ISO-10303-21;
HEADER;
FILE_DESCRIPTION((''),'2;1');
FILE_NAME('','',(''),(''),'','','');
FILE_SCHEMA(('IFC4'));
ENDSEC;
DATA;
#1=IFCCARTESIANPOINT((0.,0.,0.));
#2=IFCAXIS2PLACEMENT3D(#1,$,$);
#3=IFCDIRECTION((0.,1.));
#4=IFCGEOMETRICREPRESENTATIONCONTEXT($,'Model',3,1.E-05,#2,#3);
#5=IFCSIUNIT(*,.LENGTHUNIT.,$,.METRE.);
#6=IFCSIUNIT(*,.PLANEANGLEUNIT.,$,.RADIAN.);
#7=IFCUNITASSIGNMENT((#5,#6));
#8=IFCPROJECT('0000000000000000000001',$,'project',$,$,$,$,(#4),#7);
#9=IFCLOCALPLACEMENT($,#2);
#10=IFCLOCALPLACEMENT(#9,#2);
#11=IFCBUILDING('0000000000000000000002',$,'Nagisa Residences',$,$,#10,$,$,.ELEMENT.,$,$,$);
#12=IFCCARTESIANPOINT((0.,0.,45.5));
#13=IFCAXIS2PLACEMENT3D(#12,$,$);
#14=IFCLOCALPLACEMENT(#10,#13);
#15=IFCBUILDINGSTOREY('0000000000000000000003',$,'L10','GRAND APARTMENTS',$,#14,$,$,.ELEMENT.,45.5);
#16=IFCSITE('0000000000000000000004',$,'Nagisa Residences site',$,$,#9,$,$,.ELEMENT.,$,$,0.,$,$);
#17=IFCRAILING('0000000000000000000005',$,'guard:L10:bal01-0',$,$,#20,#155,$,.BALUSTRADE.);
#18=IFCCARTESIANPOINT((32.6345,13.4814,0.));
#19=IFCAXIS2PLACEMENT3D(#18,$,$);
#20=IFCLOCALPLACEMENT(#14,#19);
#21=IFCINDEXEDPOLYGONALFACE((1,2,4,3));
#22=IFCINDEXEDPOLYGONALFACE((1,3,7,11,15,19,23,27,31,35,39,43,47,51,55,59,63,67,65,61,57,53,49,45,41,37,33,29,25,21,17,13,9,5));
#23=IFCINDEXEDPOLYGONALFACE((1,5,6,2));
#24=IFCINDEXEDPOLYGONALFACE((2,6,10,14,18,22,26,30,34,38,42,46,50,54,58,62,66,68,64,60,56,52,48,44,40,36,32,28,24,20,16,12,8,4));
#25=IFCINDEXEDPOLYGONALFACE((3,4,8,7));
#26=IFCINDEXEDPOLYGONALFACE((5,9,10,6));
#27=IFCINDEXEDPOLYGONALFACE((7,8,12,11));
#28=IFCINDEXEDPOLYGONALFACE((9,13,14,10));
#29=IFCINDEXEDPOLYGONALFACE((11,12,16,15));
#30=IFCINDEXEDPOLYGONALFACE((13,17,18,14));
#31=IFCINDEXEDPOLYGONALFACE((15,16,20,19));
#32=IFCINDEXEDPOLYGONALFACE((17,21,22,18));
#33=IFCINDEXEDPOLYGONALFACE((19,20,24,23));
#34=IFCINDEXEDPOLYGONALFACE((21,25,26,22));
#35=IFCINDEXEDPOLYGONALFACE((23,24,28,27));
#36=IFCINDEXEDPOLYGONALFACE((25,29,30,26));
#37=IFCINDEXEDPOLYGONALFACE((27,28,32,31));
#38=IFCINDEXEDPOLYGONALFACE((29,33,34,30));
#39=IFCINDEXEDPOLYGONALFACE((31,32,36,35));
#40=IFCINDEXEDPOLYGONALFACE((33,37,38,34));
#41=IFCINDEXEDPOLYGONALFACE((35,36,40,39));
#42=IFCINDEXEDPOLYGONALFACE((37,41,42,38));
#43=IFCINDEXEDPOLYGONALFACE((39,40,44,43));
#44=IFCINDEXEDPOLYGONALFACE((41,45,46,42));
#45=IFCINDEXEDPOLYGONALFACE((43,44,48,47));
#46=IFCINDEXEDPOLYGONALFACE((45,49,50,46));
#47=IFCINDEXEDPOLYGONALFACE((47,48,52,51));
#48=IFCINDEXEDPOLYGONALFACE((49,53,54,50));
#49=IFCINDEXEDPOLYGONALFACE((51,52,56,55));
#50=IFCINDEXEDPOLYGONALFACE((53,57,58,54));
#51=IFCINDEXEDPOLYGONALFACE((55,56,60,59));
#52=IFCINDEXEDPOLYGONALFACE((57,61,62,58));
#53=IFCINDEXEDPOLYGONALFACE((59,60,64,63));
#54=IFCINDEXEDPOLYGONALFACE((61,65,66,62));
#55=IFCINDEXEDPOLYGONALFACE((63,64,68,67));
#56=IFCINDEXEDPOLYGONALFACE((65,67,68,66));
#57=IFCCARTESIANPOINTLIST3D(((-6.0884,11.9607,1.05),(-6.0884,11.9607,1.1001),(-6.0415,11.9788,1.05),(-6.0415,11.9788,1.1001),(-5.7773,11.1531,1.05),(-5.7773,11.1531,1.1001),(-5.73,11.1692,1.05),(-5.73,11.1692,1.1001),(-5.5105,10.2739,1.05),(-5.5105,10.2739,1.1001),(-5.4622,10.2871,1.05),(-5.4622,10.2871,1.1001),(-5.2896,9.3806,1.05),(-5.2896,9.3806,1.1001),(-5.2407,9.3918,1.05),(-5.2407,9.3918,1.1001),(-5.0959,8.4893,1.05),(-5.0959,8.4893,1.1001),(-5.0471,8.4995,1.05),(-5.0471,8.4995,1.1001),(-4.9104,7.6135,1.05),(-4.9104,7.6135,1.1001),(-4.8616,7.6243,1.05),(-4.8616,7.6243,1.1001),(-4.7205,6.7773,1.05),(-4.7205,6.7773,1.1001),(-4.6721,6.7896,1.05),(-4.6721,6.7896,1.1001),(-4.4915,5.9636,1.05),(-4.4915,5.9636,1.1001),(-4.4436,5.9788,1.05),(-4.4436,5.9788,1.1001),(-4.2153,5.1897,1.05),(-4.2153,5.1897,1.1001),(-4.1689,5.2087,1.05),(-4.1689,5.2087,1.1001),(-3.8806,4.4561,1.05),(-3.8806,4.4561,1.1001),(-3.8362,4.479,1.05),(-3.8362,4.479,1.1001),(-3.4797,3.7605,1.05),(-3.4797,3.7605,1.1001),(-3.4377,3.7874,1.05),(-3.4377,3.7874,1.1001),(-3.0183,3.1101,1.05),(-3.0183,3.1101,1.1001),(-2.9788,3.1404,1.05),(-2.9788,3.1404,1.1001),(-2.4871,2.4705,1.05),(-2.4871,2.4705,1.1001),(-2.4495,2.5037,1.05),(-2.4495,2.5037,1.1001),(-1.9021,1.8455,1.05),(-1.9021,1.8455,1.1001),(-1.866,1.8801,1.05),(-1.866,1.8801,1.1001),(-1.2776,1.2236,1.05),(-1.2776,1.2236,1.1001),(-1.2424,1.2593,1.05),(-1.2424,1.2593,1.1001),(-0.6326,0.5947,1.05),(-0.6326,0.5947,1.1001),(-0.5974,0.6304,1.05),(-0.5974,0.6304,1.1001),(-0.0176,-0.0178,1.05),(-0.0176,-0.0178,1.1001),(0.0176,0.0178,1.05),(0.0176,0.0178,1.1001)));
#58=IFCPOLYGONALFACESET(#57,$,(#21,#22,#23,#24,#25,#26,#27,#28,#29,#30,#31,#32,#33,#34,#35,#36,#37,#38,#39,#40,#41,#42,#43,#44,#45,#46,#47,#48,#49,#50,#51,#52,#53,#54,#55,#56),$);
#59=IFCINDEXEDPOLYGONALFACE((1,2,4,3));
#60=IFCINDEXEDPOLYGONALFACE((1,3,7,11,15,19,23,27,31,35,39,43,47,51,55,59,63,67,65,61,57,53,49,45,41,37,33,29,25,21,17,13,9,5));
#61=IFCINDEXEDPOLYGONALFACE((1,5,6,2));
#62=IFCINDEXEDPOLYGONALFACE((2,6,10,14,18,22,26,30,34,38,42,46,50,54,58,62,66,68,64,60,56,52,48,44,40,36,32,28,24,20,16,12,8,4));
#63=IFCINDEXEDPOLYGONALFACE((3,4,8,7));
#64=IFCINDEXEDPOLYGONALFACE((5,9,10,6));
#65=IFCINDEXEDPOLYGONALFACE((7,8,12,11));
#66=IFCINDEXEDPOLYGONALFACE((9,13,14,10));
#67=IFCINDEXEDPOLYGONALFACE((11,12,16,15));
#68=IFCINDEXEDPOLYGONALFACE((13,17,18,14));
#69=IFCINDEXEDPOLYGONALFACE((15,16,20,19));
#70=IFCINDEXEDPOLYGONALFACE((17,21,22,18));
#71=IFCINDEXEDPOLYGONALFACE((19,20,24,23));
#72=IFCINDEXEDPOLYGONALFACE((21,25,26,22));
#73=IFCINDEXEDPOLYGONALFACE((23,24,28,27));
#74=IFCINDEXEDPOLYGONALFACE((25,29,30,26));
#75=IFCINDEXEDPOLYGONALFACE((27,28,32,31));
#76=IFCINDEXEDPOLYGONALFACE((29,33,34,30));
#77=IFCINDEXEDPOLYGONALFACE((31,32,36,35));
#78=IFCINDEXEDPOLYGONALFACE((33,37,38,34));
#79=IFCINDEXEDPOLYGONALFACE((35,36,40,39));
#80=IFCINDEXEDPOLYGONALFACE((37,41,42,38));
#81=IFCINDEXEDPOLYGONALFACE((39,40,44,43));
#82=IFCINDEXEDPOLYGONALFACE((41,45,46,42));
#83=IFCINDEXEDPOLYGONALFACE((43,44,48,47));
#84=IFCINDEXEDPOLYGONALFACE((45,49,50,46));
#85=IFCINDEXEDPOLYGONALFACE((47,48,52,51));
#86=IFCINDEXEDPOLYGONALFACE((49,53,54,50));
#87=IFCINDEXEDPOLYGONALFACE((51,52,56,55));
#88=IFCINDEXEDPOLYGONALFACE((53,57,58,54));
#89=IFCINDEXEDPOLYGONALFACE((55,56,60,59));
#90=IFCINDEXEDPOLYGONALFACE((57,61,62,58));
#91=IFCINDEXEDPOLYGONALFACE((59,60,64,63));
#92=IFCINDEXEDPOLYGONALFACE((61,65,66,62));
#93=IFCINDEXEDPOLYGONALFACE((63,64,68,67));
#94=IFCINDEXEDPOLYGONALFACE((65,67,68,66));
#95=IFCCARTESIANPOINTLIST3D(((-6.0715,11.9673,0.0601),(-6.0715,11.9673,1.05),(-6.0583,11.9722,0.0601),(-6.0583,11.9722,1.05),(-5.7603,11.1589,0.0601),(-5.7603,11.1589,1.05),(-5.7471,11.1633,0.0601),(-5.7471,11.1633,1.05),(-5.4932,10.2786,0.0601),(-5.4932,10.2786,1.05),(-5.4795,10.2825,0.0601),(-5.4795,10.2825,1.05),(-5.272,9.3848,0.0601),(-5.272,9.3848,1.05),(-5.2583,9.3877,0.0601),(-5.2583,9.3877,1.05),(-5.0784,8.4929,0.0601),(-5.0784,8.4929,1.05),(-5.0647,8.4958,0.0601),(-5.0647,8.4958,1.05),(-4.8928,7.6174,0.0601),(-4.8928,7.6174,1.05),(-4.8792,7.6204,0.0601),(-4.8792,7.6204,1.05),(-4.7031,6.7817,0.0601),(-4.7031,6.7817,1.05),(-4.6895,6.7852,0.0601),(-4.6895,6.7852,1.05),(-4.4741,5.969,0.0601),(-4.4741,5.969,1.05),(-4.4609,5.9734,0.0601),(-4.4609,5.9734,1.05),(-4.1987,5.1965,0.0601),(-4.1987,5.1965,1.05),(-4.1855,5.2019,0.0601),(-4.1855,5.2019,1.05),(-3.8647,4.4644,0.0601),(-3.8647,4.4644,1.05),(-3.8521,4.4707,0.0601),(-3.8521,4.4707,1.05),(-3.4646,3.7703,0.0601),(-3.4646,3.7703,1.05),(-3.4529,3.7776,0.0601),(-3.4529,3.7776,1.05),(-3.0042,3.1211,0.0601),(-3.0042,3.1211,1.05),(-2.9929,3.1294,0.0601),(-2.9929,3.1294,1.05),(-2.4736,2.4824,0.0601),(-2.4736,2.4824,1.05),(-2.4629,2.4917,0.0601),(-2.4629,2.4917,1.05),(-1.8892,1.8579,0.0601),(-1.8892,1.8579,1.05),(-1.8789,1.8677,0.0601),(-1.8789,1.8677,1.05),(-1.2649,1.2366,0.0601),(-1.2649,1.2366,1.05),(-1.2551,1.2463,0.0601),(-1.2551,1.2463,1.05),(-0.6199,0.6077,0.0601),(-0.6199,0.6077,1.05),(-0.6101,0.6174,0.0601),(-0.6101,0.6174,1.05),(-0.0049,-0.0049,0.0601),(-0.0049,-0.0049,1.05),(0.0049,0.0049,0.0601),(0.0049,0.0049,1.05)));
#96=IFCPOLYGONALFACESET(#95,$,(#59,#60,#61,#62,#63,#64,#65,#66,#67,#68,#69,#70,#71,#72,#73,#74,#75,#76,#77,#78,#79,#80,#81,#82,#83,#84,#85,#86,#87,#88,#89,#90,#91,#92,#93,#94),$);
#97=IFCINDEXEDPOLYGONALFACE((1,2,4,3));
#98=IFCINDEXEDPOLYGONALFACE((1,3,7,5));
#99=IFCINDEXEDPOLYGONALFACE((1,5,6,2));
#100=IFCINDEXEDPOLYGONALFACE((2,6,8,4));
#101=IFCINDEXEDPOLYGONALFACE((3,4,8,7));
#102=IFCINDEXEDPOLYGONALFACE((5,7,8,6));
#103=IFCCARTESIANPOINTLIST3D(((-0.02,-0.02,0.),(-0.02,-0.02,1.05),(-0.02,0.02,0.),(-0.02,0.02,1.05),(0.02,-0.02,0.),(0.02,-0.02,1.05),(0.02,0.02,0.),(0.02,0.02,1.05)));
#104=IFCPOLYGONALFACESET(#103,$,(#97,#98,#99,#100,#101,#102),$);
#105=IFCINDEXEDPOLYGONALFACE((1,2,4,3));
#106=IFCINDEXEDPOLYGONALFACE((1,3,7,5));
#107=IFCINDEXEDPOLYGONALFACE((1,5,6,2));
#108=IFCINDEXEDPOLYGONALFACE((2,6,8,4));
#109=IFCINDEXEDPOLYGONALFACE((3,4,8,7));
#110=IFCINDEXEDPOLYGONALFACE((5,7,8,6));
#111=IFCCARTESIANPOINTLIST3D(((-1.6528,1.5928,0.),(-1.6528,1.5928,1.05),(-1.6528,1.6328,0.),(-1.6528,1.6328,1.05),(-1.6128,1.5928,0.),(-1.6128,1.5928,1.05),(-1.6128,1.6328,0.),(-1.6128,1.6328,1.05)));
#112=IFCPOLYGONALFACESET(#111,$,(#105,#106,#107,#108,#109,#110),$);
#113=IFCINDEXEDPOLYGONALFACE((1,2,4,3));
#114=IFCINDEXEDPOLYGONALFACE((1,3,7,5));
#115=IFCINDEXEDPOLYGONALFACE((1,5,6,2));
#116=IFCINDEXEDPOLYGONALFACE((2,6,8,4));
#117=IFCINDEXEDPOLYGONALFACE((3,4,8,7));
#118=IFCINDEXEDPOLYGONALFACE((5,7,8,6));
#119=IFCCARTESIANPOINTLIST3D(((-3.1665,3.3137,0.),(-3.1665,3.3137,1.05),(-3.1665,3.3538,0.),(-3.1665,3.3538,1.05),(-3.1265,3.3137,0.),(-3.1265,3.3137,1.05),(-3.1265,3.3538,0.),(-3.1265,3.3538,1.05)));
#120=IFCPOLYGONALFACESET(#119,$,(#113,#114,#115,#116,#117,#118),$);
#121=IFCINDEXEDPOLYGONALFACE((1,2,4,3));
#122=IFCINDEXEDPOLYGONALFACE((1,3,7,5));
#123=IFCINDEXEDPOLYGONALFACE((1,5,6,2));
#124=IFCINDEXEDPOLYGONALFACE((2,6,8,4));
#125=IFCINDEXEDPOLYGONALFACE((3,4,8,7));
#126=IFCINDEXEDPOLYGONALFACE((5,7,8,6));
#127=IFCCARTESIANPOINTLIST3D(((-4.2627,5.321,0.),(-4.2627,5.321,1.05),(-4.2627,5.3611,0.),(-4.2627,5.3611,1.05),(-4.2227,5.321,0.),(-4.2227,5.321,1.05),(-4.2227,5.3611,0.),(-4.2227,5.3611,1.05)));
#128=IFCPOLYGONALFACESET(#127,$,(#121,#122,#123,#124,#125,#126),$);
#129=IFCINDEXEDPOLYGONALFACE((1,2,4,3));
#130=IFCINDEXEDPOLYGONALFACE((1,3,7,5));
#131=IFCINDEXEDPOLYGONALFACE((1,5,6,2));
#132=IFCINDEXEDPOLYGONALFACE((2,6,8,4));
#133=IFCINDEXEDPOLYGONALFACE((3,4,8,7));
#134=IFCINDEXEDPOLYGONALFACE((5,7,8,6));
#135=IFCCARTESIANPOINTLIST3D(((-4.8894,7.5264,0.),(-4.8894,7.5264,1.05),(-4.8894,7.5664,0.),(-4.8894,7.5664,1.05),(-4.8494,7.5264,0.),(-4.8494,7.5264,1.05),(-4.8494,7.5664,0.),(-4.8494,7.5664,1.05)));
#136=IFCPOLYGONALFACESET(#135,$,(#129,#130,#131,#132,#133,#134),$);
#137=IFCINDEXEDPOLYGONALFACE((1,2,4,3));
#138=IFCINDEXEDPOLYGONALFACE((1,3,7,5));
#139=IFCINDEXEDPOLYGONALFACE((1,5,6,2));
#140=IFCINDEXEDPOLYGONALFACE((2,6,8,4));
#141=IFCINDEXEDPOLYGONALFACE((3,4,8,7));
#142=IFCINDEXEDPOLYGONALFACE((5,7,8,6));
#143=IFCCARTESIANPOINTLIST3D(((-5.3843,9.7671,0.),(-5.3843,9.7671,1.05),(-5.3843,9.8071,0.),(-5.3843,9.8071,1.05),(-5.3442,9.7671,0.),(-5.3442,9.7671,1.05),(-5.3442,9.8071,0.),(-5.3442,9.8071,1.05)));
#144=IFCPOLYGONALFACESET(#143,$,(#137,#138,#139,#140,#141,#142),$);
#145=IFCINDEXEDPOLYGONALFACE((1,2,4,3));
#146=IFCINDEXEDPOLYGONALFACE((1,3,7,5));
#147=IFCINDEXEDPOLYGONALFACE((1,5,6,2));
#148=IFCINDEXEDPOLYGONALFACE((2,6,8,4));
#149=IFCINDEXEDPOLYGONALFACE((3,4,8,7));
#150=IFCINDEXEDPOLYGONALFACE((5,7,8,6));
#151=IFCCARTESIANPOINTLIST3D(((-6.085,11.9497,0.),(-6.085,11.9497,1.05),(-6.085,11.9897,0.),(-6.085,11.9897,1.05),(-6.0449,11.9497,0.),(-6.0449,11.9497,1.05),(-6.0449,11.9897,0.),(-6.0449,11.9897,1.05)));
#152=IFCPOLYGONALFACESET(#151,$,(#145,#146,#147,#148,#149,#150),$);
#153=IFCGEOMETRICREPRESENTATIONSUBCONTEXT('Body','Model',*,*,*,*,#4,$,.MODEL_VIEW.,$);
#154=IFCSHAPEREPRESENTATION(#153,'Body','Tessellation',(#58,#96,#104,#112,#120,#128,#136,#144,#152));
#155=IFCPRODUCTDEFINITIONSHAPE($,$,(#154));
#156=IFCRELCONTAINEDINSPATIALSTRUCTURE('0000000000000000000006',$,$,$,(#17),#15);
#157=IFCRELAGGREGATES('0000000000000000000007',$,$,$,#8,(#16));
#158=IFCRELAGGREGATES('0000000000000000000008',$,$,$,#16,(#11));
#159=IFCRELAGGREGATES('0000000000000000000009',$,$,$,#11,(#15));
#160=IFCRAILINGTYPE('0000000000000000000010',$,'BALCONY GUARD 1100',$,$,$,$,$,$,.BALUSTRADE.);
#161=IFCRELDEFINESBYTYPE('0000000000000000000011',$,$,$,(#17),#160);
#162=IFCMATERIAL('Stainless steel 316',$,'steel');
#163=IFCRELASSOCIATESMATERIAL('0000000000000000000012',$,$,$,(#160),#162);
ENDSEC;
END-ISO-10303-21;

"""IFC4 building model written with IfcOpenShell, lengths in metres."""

from ifc_helpers import new_model, si_unit, direction, frame, origin, origin_2d, place, context, subcontext, project, spatial, polyline, rectangle, outline, extrude, material, type_object, element, save


model = new_model("IFC4")

# Units and contexts
model_context = context("Model", 3, precision=1e-05, world=origin(), true_north=direction((0.0, 1.0)))
body_context = subcontext(model_context, "Body", "Model", "MODEL_VIEW")
ifc_project = project(units=[si_unit("LENGTHUNIT", "METRE"), si_unit("PLANEANGLEUNIT", "RADIAN")], contexts=[model_context])

# Site, building, storey
site_placement = place(None, origin())
site = spatial("IfcSite", under=ifc_project, at=site_placement, Name="Nagisa Residences site", CompositionType="ELEMENT", RefElevation=0.0)
building_placement = place(site_placement, origin())
building = spatial("IfcBuilding", under=site, at=building_placement, Name="Nagisa Residences", CompositionType="ELEMENT")
storey_placement = place(building_placement, frame((0.0, 0.0, 45.5)))
storey = spatial("IfcBuildingStorey", under=building, at=storey_placement, Name="L10", Description="GRAND APARTMENTS", CompositionType="ELEMENT", Elevation=45.5)

# Railing
ifc_material_1 = material(Name="Stainless steel 316", Category="steel")
railing_type = type_object("IfcRailingType", Name="BALCONY GUARD 1100", PredefinedType="BALUSTRADE", material=ifc_material_1)
railing_1_placement = place(storey_placement, frame((32.6345, 13.4814, 0.0)))
element("IfcRailing", 1, at=railing_1_placement, inside=storey, type_object=railing_type, Name="guard:L10:bal01-0", PredefinedType="BALUSTRADE", context=body_context, shape_type="SweptSolid", body=[
    extrude(outline(polyline([(-0.6326, 0.5947), (-0.0176, -0.0178), (0.0176, 0.0178), (-0.5974, 0.6304), (-1.2424, 1.2593), (-1.866, 1.8801), (-2.4495, 2.5037), (-2.9788, 3.1404), (-3.4377, 3.7874), (-3.8362, 4.479), (-4.1689, 5.2087), (-4.4436, 5.9788), (-4.6721, 6.7896), (-4.8616, 7.6243), (-5.0471, 8.4995), (-5.2407, 9.3918), (-5.4622, 10.2871), (-5.73, 11.1692), (-6.0415, 11.9788), (-6.0884, 11.9607), (-5.7773, 11.1531), (-5.5105, 10.2739), (-5.2896, 9.3806), (-5.0959, 8.4893), (-4.9104, 7.6135), (-4.7205, 6.7773), (-4.4915, 5.9636), (-4.2153, 5.1897), (-3.8806, 4.4561), (-3.4797, 3.7605), (-3.0183, 3.1101), (-2.4871, 2.4705), (-1.9021, 1.8455), (-1.2776, 1.2236), (-0.6326, 0.5947)])), frame((0.0, 0.0, 1.05)), (0.0, 0.0, 1.0), 0.05),
    extrude(outline(polyline([(-0.6199, 0.6077), (-0.0049, -0.0049), (0.0049, 0.0049), (-0.6101, 0.6174), (-1.2551, 1.2463), (-1.8789, 1.8677), (-2.4629, 2.4917), (-2.9929, 3.1294), (-3.4529, 3.7776), (-3.8521, 4.4707), (-4.1855, 5.2019), (-4.4609, 5.9734), (-4.6895, 6.7852), (-4.8792, 7.6204), (-5.0647, 8.4958), (-5.2583, 9.3877), (-5.4795, 10.2825), (-5.7471, 11.1633), (-6.0583, 11.9722), (-6.0715, 11.9673), (-5.7603, 11.1589), (-5.4932, 10.2786), (-5.272, 9.3848), (-5.0784, 8.4929), (-4.8928, 7.6174), (-4.7031, 6.7817), (-4.4741, 5.969), (-4.1987, 5.1965), (-3.8647, 4.4644), (-3.4646, 3.7703), (-3.0042, 3.1211), (-2.4736, 2.4824), (-1.8892, 1.8579), (-1.2649, 1.2366), (-0.6199, 0.6077)])), frame((0.0, 0.0, 0.0601)), (0.0, 0.0, 1.0), 0.99),
    extrude(rectangle(XDim=0.04, YDim=0.04, at=origin_2d()), origin(), (0.0, 0.0, 1.0), 1.05),
    extrude(rectangle(XDim=0.04, YDim=0.04, at=origin_2d()), frame((-1.6328, 1.6128, 0.0)), (0.0, 0.0, 1.0), 1.05),
    extrude(rectangle(XDim=0.04, YDim=0.04, at=origin_2d()), frame((-3.1465, 3.3337, 0.0)), (0.0, 0.0, 1.0), 1.05),
    extrude(rectangle(XDim=0.04, YDim=0.04, at=origin_2d()), frame((-4.2427, 5.3411, 0.0)), (0.0, 0.0, 1.0), 1.05),
    extrude(rectangle(XDim=0.04, YDim=0.04, at=origin_2d()), frame((-4.8694, 7.5464, 0.0)), (0.0, 0.0, 1.0), 1.05),
    extrude(rectangle(XDim=0.04, YDim=0.04, at=origin_2d()), frame((-5.3643, 9.7871, 0.0)), (0.0, 0.0, 1.0), 1.05),
    extrude(rectangle(XDim=0.04, YDim=0.04, at=origin_2d()), frame((-6.0649, 11.9697, 0.0)), (0.0, 0.0, 1.0), 1.05),
])

save(model, "model.ifc")
